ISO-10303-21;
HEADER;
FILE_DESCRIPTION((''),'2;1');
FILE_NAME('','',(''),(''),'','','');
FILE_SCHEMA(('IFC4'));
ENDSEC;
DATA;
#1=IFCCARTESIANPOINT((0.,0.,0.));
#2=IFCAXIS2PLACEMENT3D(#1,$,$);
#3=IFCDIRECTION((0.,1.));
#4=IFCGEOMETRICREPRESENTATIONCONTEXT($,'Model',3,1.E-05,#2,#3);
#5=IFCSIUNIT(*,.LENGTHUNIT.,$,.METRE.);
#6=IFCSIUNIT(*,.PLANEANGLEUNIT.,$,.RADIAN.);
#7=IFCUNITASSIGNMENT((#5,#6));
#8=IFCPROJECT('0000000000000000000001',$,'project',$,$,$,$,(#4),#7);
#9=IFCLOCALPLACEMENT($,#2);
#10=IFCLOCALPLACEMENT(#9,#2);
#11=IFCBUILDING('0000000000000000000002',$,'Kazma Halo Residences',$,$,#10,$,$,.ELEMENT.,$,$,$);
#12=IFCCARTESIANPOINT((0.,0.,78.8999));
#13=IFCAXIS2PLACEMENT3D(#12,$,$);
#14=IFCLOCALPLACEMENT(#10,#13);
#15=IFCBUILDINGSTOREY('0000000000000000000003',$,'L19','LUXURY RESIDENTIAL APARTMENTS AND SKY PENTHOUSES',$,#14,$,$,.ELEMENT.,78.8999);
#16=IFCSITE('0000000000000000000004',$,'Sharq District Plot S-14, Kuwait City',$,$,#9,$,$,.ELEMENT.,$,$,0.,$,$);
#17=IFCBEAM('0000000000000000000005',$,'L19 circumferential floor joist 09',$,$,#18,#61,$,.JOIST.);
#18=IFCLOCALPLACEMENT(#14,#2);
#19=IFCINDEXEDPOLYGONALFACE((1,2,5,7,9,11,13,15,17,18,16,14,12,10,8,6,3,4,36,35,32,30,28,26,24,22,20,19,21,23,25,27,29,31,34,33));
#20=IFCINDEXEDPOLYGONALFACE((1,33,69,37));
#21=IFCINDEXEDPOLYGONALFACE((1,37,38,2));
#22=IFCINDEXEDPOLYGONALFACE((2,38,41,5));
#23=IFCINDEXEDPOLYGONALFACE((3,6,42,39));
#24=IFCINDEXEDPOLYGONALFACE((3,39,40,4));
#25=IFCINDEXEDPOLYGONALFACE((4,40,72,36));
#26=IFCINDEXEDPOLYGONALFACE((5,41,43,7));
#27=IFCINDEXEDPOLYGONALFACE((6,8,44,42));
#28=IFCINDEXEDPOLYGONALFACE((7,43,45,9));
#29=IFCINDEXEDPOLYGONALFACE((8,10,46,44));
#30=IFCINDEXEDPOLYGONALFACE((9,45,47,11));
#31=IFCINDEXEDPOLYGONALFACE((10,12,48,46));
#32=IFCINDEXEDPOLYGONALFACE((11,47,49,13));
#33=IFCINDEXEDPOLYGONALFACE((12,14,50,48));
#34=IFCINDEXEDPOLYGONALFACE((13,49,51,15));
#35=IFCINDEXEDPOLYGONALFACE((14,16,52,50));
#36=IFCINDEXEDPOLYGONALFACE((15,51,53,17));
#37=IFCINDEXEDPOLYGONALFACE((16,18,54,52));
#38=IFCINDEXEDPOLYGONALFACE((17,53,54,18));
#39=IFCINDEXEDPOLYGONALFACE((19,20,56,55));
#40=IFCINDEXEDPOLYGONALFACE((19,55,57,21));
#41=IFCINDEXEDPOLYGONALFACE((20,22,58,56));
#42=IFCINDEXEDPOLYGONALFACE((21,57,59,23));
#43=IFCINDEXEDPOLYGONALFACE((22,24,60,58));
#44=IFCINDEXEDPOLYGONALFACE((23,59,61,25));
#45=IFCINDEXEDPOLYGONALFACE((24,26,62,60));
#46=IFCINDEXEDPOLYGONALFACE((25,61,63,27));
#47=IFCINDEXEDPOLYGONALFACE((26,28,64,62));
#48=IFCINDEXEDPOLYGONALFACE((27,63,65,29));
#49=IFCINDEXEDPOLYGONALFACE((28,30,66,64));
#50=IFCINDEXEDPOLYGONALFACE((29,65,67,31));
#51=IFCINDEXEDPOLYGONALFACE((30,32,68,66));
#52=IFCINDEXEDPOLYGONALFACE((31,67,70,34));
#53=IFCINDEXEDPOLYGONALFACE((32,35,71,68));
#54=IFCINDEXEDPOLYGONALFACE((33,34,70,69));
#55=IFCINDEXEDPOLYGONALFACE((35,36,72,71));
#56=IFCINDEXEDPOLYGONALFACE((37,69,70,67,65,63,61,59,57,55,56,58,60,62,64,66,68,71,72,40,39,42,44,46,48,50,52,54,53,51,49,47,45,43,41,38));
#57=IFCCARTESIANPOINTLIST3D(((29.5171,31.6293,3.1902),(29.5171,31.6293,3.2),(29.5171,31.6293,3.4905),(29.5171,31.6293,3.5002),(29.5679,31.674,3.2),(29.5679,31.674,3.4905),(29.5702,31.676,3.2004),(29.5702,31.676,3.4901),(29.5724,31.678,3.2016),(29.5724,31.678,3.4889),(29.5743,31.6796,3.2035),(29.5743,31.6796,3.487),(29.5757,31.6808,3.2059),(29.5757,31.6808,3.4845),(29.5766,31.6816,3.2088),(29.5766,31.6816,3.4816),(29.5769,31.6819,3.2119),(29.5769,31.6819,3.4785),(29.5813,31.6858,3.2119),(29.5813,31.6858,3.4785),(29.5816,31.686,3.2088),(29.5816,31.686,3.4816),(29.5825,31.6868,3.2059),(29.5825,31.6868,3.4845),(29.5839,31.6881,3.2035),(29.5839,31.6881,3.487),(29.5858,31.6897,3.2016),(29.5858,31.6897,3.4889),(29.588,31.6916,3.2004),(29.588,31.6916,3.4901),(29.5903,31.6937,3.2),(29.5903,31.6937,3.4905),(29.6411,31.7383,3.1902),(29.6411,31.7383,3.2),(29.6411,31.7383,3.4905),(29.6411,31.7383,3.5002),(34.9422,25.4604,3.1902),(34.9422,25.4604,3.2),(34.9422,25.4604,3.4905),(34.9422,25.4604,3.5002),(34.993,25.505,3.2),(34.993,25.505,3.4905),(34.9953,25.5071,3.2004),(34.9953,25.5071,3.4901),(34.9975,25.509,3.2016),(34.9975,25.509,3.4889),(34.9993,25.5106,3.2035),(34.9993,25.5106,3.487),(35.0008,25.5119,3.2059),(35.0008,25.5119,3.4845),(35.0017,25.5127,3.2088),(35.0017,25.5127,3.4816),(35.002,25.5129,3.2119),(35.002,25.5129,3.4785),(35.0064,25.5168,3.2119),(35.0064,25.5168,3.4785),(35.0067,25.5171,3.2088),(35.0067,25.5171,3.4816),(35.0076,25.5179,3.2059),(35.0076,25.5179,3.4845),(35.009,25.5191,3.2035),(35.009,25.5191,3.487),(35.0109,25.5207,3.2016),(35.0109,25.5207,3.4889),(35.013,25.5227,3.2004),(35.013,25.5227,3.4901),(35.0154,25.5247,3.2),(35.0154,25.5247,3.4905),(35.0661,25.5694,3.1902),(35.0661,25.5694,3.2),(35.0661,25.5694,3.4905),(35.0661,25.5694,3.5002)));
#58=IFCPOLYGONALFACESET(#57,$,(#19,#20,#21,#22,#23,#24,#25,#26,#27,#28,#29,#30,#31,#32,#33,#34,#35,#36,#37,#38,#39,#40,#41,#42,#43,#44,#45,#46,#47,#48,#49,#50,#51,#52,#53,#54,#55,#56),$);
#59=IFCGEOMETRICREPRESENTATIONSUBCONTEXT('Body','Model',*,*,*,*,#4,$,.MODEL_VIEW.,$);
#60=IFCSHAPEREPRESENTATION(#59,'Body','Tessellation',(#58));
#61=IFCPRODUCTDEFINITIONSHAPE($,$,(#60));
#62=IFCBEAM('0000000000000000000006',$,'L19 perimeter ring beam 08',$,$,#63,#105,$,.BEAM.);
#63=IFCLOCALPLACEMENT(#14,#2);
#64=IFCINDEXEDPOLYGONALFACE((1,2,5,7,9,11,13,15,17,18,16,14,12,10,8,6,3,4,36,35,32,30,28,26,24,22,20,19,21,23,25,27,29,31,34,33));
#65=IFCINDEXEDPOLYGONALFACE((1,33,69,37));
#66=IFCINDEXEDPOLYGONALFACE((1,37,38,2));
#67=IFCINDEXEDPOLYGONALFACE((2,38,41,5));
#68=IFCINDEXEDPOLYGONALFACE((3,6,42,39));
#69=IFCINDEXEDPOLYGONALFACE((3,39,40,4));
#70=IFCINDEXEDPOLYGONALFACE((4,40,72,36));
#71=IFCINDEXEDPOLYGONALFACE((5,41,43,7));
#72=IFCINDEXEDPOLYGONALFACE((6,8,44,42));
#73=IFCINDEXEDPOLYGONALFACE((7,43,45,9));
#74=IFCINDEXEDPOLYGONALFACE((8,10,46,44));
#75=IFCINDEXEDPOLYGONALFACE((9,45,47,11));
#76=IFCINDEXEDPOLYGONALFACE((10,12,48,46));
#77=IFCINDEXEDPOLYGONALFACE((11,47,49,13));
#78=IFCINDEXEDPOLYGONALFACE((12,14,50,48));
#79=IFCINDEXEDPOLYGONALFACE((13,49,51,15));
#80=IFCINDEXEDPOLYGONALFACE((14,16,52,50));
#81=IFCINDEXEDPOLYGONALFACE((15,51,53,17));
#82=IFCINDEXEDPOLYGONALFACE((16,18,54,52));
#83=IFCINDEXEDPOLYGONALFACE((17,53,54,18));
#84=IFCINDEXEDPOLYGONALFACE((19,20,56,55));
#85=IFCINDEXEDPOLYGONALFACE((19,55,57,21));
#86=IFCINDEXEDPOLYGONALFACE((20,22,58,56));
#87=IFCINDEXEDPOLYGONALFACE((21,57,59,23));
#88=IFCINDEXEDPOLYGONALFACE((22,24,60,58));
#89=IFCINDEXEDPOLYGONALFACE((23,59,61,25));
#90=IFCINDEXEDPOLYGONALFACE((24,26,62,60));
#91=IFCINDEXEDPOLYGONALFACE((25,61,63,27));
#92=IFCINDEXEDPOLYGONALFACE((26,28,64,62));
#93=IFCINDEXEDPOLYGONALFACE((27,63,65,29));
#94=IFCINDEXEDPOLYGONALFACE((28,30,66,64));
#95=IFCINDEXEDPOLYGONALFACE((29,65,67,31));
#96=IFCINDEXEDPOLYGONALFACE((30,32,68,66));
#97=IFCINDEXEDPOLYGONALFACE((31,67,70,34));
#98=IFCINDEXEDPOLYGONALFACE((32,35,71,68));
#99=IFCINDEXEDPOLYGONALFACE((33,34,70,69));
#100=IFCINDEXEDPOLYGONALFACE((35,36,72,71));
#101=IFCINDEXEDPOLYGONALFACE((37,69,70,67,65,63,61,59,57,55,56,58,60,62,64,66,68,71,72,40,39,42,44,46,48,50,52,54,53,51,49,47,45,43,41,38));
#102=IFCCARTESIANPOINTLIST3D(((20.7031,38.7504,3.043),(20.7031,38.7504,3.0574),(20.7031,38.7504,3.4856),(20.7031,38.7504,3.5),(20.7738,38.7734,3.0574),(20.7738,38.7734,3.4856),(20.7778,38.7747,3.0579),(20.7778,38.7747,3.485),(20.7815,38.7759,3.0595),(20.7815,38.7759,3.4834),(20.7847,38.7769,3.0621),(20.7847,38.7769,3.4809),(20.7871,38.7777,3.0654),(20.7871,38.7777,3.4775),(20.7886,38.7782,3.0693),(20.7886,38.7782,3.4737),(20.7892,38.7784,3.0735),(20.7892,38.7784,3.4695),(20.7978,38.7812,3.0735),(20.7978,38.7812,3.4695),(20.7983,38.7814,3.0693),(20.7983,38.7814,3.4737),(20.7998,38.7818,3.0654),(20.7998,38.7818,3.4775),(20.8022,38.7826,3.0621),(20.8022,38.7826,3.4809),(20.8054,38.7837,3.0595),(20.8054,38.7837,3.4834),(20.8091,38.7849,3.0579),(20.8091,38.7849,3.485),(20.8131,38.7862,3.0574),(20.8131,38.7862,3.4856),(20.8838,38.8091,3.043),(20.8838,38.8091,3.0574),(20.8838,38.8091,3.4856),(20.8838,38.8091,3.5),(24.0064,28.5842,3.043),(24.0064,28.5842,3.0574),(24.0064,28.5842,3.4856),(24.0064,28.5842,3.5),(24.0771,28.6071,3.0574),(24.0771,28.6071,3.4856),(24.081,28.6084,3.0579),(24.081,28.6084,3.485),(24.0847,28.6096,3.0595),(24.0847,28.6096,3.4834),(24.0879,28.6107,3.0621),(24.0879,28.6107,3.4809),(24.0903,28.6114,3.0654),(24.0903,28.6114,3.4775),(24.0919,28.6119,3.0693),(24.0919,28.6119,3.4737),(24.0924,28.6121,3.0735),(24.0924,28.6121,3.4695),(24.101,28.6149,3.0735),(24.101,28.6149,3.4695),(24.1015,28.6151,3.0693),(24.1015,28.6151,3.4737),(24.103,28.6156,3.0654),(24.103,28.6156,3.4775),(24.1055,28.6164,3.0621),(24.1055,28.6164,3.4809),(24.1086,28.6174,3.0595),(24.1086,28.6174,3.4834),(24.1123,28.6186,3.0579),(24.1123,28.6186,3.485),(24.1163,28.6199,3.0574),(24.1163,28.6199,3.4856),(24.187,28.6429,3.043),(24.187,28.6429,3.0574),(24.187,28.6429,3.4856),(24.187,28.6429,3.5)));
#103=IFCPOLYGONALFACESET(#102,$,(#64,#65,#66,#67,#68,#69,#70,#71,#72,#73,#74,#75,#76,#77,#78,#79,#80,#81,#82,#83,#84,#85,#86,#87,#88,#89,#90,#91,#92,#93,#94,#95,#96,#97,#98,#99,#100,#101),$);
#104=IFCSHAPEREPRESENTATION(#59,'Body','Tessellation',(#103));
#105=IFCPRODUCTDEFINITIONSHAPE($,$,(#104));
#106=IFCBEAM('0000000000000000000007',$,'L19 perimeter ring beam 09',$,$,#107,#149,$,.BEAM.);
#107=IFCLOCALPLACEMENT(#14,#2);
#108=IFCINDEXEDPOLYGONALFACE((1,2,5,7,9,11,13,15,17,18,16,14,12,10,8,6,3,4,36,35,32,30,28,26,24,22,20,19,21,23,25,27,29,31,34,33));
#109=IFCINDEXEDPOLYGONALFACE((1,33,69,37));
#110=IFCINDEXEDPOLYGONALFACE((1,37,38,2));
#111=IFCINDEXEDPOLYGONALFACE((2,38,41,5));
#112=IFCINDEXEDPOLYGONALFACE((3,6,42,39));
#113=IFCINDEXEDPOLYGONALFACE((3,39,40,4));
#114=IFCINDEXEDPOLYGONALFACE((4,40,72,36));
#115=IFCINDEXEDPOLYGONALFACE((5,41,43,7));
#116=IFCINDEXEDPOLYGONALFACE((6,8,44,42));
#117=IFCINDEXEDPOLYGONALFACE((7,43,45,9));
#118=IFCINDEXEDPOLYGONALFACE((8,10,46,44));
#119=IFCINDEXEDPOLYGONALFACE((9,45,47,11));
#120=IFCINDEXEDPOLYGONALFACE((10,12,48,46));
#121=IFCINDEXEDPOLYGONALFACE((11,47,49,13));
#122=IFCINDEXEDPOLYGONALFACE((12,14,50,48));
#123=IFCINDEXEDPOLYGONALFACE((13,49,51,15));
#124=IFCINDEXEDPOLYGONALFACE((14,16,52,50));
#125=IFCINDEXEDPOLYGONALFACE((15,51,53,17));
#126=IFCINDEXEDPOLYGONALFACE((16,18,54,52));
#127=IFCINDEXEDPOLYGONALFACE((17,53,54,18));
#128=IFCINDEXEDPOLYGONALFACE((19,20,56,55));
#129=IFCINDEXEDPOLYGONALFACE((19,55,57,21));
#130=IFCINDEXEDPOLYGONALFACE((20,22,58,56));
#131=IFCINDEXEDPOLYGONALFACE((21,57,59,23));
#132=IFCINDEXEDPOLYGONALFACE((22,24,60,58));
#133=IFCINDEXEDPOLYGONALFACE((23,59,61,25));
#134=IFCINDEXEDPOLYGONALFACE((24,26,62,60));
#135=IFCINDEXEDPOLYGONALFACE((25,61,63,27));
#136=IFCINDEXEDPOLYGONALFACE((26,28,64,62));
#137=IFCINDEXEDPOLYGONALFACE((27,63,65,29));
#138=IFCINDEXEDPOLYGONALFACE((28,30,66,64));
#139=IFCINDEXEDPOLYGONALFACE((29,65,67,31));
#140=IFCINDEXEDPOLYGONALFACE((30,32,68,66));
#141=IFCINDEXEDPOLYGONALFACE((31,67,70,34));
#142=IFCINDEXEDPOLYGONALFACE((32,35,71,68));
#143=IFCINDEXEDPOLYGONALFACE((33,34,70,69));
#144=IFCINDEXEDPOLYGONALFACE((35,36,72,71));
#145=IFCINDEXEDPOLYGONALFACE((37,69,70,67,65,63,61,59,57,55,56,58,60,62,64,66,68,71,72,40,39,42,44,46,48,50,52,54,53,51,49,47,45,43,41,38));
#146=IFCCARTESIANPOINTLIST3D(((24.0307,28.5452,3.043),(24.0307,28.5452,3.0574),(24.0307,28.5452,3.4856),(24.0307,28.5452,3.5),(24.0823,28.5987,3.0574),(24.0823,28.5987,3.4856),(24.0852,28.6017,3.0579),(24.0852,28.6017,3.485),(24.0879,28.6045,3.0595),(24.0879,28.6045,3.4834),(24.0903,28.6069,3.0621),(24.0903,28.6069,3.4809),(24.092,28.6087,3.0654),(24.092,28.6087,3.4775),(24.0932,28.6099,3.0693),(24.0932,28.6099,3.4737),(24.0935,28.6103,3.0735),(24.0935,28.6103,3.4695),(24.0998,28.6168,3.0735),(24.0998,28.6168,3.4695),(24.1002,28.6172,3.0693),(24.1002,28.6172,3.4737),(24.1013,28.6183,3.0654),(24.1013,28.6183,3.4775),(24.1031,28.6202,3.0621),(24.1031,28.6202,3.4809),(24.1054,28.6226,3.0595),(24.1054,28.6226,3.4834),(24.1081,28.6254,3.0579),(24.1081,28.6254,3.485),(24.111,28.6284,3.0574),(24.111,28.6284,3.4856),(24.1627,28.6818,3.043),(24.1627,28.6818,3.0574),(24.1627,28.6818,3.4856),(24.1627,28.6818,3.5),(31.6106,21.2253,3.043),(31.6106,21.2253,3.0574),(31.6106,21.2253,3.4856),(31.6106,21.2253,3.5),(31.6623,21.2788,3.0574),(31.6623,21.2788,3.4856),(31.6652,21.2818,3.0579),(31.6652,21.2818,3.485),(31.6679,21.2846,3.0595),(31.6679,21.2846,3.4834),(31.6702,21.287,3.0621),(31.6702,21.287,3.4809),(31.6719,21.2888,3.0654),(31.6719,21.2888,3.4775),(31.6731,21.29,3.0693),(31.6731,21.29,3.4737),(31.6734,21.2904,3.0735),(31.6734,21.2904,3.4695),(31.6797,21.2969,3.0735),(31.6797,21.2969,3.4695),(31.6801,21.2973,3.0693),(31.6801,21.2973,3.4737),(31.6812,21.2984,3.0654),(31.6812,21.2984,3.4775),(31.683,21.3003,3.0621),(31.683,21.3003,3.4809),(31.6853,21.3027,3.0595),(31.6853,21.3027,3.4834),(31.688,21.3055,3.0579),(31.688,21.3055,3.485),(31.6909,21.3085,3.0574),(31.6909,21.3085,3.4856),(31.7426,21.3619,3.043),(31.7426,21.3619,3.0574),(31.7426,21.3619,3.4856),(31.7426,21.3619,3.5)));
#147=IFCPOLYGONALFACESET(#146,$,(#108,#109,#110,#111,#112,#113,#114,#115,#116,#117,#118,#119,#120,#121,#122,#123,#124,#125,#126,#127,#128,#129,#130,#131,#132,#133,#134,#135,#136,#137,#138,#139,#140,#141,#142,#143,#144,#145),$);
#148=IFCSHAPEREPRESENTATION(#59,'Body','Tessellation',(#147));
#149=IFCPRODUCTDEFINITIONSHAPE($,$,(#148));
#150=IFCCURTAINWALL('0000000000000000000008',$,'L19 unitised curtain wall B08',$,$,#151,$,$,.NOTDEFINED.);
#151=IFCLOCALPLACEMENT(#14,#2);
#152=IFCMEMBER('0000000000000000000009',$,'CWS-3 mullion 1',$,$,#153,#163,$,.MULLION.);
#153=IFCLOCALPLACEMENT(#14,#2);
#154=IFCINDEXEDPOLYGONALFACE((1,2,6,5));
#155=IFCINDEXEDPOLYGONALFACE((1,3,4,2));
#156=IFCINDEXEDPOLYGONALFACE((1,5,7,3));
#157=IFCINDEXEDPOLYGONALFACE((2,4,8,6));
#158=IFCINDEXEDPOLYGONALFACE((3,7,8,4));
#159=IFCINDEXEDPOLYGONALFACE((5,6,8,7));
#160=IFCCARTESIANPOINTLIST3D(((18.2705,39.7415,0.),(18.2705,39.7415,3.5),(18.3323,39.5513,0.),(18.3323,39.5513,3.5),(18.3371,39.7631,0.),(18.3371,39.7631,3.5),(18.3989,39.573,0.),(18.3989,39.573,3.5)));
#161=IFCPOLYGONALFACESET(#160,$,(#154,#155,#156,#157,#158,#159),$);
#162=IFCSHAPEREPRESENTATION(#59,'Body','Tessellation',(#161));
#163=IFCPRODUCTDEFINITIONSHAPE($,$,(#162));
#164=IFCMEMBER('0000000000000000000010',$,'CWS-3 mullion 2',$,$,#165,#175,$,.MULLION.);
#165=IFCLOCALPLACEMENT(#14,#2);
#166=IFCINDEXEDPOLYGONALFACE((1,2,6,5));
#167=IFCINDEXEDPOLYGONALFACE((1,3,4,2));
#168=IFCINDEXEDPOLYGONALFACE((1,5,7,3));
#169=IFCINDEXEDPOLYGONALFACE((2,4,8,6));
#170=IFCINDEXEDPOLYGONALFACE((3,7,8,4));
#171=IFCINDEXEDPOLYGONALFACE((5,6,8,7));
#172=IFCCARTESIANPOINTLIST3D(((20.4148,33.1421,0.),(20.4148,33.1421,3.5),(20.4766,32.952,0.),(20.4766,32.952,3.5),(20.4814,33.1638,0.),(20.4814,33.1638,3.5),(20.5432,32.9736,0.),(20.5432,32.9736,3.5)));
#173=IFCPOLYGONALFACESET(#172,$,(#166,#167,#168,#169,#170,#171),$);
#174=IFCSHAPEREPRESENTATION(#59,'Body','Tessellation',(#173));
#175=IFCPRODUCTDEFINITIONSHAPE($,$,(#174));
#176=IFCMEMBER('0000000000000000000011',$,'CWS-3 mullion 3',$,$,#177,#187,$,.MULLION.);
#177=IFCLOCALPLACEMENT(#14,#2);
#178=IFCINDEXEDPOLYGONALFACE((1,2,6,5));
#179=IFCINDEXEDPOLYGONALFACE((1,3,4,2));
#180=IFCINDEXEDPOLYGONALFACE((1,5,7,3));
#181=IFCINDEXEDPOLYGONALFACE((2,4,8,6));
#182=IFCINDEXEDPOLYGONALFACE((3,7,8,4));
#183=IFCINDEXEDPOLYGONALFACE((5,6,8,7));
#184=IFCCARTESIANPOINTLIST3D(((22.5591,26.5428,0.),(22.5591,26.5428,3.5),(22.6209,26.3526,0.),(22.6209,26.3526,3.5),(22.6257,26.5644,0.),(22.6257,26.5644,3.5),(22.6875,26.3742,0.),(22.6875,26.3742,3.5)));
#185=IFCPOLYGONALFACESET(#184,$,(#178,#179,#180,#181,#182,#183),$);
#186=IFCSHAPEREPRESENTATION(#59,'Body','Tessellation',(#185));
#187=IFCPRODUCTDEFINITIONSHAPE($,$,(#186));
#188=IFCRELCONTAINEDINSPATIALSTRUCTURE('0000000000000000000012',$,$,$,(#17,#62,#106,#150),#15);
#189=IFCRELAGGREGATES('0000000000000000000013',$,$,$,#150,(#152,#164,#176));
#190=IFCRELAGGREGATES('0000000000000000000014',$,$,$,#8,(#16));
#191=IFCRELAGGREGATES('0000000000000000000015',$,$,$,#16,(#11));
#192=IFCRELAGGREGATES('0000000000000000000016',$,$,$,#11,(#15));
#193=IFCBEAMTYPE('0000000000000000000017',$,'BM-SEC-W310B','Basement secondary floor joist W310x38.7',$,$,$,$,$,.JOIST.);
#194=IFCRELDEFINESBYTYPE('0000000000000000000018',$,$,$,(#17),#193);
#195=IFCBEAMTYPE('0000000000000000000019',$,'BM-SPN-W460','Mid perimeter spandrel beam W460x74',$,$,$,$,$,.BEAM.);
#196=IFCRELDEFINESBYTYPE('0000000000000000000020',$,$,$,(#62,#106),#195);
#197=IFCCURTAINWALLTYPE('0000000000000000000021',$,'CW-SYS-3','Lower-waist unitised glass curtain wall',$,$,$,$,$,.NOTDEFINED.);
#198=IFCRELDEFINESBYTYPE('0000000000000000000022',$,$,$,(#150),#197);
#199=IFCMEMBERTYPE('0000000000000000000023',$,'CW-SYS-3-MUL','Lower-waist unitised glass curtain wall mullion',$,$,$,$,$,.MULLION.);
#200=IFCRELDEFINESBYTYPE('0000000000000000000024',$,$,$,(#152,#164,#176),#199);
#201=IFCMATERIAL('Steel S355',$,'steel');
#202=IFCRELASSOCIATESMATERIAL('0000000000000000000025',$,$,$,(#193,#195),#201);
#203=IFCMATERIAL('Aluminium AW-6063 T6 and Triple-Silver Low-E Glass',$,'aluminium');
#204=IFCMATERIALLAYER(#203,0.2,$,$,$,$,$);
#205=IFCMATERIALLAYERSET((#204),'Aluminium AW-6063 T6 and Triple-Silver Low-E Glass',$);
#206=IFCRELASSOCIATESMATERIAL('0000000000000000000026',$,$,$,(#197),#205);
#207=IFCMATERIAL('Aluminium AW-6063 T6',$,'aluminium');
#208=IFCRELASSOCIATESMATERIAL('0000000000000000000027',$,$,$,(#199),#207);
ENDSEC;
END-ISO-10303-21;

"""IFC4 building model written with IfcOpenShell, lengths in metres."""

from ifc_helpers import new_model, si_unit, direction, frame, origin, origin_2d, place, context, subcontext, project, spatial, rectangle, i_section, extrude, material, layer, layer_set, material_profile, profile_set, type_object, element, aggregate, save


model = new_model("IFC4")

# Units and contexts
model_context = context("Model", 3, precision=1e-05, world=origin(), true_north=direction((0.0, 1.0)))
body_context = subcontext(model_context, "Body", "Model", "MODEL_VIEW")
ifc_project = project(units=[si_unit("LENGTHUNIT", "METRE"), si_unit("PLANEANGLEUNIT", "RADIAN")], contexts=[model_context])

# Site, building, storey
site_placement = place(None, origin())
site = spatial("IfcSite", under=ifc_project, at=site_placement, Name="Sharq District Plot S-14, Kuwait City", CompositionType="ELEMENT", RefElevation=0.0)
building_placement = place(site_placement, origin())
building = spatial("IfcBuilding", under=site, at=building_placement, Name="Kazma Halo Residences", CompositionType="ELEMENT")
storey_placement = place(building_placement, frame((0.0, 0.0, 78.8999)))
storey = spatial("IfcBuildingStorey", under=building, at=storey_placement, Name="L19", Description="LUXURY RESIDENTIAL APARTMENTS AND SKY PENTHOUSES", CompositionType="ELEMENT", Elevation=78.8999)

# Beams
ifc_material_1 = material(Name="Steel S355", Category="steel")
ifc_material_profile_1 = material_profile(ifc_material_1, i_section(OverallWidth=0.165, OverallDepth=0.3101, WebThickness=0.0059, FlangeThickness=0.0098, FilletRadius=0.012, at=origin_2d()), Name="W310x38.7")
ifc_profile_set_1 = profile_set([ifc_material_profile_1], Name="Steel S355")
beam_type_1 = type_object("IfcBeamType", Name="BM-SEC-W310B", Description="Basement secondary floor joist W310x38.7", PredefinedType="JOIST", material=ifc_profile_set_1)
beam_1_placement = place(storey_placement, frame((29.5791, 31.6838, 3.3452), z_axis=(0.660379, -0.750932, 0.0), x_axis=(0.750932, 0.660379, 0.0)))
element("IfcBeam", 1, at=beam_1_placement, inside=storey, type_object=beam_type_1, Name="L19 circumferential floor joist 09", PredefinedType="JOIST", context=body_context, shape_type="SweptSolid", body=[
    extrude(i_section(OverallWidth=0.165, OverallDepth=0.3101, WebThickness=0.0059, FlangeThickness=0.0098, FilletRadius=0.012, at=origin_2d()), origin(), (0.0, 0.0, 1.0), 8.2151),
])
ifc_material_profile_2 = material_profile(ifc_material_1, i_section(OverallWidth=0.1899, OverallDepth=0.457, WebThickness=0.009, FlangeThickness=0.0144, FilletRadius=0.0161, at=origin_2d()), Name="W460x74")
ifc_profile_set_2 = profile_set([ifc_material_profile_2], Name="Steel S355")
beam_type_2 = type_object("IfcBeamType", Name="BM-SPN-W460", Description="Mid perimeter spandrel beam W460x74", PredefinedType="BEAM", material=ifc_profile_set_2)
beam_2_placement = place(storey_placement, frame((20.7935, 38.7798, 3.2715), z_axis=(0.309017, -0.951056, 0.0), x_axis=(0.951056, 0.309017, 0.0)))
element("IfcBeam", 2, at=beam_2_placement, inside=storey, type_object=beam_type_2, Name="L19 perimeter ring beam 08", PredefinedType="BEAM", context=body_context, shape_type="SweptSolid", body=[
    extrude(i_section(OverallWidth=0.1899, OverallDepth=0.457, WebThickness=0.009, FlangeThickness=0.0144, FilletRadius=0.0161, at=origin_2d()), origin(), (0.0, 0.0, 1.0), 10.6895),
])
beam_3_placement = place(storey_placement, frame((24.0967, 28.6135, 3.2715), z_axis=(0.719337, -0.694661, 0.0), x_axis=(0.694661, 0.719337, 0.0)))
element("IfcBeam", 3, at=beam_3_placement, inside=storey, type_object=beam_type_2, Name="L19 perimeter ring beam 09", PredefinedType="BEAM", context=body_context, shape_type="SweptSolid", body=[
    extrude(i_section(OverallWidth=0.1899, OverallDepth=0.457, WebThickness=0.009, FlangeThickness=0.0144, FilletRadius=0.0161, at=origin_2d()), origin(), (0.0, 0.0, 1.0), 10.5374),
])

# Curtain wall, members
ifc_material_2 = material(Name="Aluminium AW-6063 T6 and Triple-Silver Low-E Glass", Category="aluminium")
ifc_layer_1 = layer(ifc_material_2, 0.2)
ifc_layer_set_1 = layer_set([ifc_layer_1], Name="Aluminium AW-6063 T6 and Triple-Silver Low-E Glass")
curtain_wall_type = type_object("IfcCurtainWallType", Name="CW-SYS-3", Description="Lower-waist unitised glass curtain wall", PredefinedType="NOTDEFINED", material=ifc_layer_set_1)
curtain_wall_placement = place(storey_placement, origin())
curtain_wall = element("IfcCurtainWall", 4, at=curtain_wall_placement, inside=storey, type_object=curtain_wall_type, Name="L19 unitised curtain wall B08", PredefinedType="NOTDEFINED")
ifc_material_3 = material(Name="Aluminium AW-6063 T6", Category="aluminium")
ifc_material_profile_3 = material_profile(ifc_material_3, rectangle(XDim=0.0701, YDim=0.2, at=origin_2d()), Name="CWM-70x200")
ifc_profile_set_3 = profile_set([ifc_material_profile_3], Name="Aluminium AW-6063 T6")
member_type_1 = type_object("IfcMemberType", Name="CW-SYS-3-MUL", Description="Lower-waist unitised glass curtain wall mullion", PredefinedType="MULLION", material=ifc_profile_set_3)
member_1_placement = place(storey_placement, frame((18.3347, 39.6572, 0.0), z_axis=(0.0, 0.0, 1.0), x_axis=(0.951058, 0.309013, 0.0)))
member_1 = element("IfcMember", 5, at=member_1_placement, type_object=member_type_1, Name="CWS-3 mullion 1", PredefinedType="MULLION", context=body_context, shape_type="SweptSolid", body=[
    extrude(rectangle(XDim=0.0701, YDim=0.2, at=origin_2d()), origin(), (0.0, 0.0, 1.0), 3.5),
])
member_2_placement = place(storey_placement, frame((20.479, 33.0579, 0.0), z_axis=(0.0, 0.0, 1.0), x_axis=(0.951058, 0.309013, 0.0)))
member_2 = element("IfcMember", 6, at=member_2_placement, type_object=member_type_1, Name="CWS-3 mullion 2", PredefinedType="MULLION", context=body_context, shape_type="SweptSolid", body=[
    extrude(rectangle(XDim=0.0701, YDim=0.2, at=origin_2d()), origin(), (0.0, 0.0, 1.0), 3.5),
])
member_3_placement = place(storey_placement, frame((22.6233, 26.4585, 0.0), z_axis=(0.0, 0.0, 1.0), x_axis=(0.951058, 0.309013, 0.0)))
member_3 = element("IfcMember", 7, at=member_3_placement, type_object=member_type_1, Name="CWS-3 mullion 3", PredefinedType="MULLION", context=body_context, shape_type="SweptSolid", body=[
    extrude(rectangle(XDim=0.0701, YDim=0.2, at=origin_2d()), origin(), (0.0, 0.0, 1.0), 3.5),
])
aggregate(curtain_wall, [member_1, member_2, member_3])

save(model, "model.ifc")
